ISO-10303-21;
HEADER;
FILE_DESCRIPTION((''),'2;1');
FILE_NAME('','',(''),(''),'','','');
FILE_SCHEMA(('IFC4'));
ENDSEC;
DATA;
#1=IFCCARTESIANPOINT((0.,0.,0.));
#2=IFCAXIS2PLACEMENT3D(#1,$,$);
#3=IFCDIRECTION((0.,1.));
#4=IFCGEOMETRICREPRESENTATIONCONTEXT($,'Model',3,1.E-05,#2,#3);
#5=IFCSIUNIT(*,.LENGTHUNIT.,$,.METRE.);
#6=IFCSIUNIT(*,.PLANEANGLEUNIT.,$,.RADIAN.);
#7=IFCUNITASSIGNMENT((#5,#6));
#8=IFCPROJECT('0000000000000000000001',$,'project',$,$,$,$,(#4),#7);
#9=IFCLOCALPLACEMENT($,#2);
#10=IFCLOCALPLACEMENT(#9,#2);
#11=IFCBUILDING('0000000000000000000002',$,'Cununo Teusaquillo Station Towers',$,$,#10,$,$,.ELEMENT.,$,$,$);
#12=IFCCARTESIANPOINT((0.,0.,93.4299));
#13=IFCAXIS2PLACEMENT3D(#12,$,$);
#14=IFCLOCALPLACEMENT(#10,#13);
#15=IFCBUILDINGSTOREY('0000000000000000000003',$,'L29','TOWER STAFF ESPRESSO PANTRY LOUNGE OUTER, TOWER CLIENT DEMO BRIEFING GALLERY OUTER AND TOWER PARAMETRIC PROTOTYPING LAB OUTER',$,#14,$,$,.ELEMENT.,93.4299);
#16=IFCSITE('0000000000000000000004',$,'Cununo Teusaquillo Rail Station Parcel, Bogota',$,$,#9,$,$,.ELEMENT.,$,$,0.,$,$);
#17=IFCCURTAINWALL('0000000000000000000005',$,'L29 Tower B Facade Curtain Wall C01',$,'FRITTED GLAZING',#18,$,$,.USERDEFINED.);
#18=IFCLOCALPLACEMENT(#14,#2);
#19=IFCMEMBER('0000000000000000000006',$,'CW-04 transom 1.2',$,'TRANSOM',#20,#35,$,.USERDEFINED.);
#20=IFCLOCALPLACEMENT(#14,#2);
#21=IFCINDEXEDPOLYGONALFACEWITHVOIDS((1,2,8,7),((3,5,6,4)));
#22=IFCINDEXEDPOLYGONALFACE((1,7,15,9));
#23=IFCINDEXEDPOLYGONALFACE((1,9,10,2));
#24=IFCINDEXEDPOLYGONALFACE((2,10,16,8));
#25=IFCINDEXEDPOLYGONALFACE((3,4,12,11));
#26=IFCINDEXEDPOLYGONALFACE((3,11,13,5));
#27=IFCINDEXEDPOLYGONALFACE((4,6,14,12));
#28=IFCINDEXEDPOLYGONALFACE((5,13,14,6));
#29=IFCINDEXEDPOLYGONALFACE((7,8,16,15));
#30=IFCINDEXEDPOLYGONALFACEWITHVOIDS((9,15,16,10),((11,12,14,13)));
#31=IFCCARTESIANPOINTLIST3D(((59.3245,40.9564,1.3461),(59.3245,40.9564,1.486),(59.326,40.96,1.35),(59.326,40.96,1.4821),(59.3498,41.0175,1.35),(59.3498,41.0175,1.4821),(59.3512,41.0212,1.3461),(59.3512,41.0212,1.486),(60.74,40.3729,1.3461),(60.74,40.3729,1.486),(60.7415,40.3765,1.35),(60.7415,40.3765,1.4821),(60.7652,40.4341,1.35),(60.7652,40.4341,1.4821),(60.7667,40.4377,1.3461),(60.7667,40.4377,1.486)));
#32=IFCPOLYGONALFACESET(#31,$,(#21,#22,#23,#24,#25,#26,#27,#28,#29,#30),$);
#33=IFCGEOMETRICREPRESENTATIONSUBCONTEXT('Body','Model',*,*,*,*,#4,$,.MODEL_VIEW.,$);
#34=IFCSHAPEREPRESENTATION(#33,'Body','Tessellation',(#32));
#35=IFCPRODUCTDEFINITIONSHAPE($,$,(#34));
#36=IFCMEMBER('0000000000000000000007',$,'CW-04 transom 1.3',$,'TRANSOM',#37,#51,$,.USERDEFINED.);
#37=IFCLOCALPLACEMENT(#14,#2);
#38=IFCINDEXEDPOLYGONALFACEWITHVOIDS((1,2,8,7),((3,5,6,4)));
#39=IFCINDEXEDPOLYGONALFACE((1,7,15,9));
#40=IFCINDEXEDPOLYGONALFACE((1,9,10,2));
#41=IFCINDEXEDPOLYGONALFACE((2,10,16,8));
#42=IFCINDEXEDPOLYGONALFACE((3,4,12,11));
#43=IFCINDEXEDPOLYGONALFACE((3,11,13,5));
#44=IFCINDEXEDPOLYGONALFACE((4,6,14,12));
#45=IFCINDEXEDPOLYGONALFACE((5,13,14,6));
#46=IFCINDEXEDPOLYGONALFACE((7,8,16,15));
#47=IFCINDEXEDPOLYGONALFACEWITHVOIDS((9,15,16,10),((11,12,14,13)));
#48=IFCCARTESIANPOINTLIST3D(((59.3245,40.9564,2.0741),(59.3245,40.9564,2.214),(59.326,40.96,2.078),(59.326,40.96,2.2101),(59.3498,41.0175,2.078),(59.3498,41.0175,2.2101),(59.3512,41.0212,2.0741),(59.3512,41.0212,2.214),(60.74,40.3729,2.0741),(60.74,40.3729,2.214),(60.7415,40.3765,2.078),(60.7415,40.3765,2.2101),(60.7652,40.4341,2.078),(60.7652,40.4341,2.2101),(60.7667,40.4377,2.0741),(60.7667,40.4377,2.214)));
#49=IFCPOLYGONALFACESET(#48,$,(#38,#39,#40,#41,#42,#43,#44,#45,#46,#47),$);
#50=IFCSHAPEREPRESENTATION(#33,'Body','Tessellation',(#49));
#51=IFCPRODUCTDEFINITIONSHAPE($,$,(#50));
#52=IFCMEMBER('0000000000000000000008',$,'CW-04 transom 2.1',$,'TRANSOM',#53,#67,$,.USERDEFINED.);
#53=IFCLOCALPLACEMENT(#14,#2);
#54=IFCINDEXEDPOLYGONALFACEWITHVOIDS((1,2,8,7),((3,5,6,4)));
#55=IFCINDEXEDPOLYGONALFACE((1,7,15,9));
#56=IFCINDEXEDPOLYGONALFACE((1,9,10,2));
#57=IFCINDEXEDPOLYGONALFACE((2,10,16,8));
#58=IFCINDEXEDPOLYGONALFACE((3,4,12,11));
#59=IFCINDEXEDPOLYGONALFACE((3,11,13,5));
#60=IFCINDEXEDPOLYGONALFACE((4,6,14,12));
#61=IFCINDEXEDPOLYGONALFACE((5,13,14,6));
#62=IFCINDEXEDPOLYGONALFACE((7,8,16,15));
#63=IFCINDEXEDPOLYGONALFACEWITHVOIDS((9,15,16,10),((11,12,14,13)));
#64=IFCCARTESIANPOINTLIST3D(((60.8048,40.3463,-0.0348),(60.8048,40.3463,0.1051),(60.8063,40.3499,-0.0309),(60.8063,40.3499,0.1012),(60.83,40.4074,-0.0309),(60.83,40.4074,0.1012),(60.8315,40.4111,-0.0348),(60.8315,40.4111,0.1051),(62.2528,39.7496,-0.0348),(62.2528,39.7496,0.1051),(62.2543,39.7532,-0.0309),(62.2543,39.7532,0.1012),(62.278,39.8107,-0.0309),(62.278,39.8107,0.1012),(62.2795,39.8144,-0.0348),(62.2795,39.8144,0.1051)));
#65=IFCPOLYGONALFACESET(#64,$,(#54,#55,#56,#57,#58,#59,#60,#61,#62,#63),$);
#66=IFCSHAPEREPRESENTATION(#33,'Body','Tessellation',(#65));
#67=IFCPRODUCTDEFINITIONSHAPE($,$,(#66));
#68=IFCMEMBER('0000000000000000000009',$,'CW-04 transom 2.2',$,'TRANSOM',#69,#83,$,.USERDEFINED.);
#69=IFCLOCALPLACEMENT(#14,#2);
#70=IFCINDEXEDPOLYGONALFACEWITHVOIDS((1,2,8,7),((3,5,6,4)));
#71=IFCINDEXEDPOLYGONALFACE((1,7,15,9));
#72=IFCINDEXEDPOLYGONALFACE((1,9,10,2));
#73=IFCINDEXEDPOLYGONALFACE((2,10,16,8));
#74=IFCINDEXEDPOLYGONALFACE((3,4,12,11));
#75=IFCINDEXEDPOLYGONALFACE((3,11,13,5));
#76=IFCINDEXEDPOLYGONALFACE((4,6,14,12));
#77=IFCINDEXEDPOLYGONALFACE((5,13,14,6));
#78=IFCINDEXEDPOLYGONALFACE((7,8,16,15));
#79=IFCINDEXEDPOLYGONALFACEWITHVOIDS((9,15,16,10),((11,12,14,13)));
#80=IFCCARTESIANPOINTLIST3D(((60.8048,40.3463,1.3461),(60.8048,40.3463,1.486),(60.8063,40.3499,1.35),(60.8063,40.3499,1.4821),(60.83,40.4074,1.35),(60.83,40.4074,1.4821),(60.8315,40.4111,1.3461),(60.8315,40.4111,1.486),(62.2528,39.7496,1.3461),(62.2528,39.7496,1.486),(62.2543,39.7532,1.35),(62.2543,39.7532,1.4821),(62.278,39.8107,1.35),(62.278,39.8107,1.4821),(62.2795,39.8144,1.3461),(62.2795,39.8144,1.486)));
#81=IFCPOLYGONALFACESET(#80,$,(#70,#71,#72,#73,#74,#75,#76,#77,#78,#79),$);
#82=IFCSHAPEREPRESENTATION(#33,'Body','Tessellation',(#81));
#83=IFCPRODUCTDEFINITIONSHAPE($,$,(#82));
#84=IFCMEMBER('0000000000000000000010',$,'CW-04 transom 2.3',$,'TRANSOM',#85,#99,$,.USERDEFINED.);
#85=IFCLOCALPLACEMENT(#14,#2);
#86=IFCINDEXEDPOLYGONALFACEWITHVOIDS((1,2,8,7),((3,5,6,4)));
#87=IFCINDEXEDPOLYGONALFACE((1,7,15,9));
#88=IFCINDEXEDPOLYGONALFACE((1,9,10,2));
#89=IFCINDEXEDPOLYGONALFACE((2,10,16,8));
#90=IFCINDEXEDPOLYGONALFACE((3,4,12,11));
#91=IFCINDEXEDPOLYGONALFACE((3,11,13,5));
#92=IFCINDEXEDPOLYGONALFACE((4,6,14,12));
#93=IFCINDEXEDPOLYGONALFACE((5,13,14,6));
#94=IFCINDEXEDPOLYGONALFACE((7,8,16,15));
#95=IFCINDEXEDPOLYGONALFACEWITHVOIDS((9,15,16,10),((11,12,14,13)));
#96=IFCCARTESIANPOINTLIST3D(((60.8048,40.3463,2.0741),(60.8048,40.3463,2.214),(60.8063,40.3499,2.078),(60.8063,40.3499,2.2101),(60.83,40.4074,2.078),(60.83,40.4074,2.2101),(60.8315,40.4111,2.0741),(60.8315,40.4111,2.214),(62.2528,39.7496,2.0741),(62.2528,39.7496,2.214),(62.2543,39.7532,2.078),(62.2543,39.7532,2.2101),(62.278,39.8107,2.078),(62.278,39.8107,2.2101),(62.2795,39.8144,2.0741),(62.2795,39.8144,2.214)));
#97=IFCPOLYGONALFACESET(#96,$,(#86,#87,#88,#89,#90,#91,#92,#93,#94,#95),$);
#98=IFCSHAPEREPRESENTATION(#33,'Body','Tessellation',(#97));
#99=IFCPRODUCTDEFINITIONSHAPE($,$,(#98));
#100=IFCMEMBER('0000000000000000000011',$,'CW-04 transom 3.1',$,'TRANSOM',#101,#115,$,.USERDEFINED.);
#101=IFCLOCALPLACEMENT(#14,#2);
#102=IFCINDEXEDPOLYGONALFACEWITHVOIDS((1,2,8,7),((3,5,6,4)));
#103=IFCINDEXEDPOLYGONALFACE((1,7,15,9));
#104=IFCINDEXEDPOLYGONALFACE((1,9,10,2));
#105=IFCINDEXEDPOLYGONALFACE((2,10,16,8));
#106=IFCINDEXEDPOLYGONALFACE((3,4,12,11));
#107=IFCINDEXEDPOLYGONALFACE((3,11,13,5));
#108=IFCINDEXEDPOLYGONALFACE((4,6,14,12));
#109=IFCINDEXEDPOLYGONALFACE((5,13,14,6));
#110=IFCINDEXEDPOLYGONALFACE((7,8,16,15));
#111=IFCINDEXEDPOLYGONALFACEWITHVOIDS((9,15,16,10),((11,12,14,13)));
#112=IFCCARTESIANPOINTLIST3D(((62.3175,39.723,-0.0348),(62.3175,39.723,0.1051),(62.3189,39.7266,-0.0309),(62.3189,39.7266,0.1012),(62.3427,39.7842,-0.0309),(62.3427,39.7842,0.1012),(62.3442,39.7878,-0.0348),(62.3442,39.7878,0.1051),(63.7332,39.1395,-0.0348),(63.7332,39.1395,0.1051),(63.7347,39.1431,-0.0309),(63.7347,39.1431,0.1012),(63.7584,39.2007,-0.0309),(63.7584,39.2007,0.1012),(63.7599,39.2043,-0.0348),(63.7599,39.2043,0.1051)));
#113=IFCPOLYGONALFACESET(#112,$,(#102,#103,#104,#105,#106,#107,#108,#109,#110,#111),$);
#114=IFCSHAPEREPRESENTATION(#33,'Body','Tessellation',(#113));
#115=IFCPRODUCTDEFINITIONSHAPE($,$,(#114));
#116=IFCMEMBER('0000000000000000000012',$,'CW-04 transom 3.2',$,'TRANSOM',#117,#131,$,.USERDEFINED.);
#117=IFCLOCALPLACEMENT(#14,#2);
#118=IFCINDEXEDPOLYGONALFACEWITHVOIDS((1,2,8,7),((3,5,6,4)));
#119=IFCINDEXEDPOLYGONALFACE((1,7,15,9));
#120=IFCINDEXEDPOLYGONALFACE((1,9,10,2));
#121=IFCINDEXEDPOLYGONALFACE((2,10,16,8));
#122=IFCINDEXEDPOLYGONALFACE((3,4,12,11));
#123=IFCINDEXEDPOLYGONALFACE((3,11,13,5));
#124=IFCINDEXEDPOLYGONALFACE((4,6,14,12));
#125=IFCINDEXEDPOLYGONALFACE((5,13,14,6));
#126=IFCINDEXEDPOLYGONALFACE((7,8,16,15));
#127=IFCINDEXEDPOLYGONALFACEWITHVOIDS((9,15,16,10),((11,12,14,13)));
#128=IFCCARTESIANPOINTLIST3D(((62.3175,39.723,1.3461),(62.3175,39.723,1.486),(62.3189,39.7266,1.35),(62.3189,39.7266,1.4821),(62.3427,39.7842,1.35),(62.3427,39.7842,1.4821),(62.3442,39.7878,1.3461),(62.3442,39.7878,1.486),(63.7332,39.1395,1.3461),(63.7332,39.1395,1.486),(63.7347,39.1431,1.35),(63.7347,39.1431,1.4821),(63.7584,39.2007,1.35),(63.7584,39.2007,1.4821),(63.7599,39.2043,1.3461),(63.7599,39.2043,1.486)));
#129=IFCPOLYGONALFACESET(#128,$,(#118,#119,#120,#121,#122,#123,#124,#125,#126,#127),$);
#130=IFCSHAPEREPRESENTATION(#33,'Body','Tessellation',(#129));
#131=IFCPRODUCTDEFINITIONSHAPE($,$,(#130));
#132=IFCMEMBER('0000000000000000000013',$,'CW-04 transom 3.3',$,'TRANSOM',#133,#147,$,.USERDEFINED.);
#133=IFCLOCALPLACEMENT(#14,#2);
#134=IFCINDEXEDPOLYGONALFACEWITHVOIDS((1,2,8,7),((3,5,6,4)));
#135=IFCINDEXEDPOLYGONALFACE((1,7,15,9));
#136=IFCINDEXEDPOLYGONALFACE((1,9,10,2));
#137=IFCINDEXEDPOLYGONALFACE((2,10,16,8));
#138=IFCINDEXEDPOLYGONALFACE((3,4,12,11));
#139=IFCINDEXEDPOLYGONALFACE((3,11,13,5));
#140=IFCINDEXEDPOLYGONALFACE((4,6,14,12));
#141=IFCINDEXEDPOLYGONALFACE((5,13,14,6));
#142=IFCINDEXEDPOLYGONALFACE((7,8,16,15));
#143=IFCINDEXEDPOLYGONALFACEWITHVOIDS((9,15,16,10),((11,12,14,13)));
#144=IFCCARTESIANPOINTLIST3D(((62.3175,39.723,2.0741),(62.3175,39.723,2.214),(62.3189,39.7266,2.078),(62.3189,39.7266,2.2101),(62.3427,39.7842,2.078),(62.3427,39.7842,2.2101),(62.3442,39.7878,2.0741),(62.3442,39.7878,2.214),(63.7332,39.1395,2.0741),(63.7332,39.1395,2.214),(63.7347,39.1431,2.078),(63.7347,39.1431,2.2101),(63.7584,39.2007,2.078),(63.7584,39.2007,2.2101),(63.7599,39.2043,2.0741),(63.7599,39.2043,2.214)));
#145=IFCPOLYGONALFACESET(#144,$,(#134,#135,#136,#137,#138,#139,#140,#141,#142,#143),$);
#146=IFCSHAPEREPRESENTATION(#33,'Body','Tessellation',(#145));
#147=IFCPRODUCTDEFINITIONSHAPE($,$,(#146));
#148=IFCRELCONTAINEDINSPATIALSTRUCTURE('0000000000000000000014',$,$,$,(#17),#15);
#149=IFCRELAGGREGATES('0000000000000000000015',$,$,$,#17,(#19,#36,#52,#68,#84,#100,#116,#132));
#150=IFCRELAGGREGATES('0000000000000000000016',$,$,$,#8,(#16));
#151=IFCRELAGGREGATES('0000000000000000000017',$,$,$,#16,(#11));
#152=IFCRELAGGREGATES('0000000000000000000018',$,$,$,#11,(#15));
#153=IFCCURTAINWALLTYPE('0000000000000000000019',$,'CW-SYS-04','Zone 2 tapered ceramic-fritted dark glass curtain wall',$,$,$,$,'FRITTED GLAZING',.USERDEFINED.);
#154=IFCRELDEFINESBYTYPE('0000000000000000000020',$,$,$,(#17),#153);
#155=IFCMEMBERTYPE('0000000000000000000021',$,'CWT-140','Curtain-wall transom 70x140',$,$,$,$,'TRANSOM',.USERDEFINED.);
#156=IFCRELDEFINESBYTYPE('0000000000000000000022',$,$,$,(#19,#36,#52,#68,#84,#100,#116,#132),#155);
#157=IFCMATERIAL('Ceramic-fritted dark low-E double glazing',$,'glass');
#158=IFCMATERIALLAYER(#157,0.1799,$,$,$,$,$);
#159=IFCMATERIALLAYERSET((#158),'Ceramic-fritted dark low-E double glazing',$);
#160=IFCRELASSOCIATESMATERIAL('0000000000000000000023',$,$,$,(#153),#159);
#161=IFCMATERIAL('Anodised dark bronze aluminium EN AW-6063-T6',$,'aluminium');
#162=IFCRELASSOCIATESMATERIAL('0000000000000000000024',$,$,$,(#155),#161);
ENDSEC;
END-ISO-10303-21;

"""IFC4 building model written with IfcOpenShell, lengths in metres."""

from ifc_helpers import new_model, si_unit, direction, frame, origin, origin_2d, place, context, subcontext, project, spatial, hollow_rectangle, extrude, material, layer, layer_set, material_profile, profile_set, type_object, element, aggregate, save


model = new_model("IFC4")

# Units and contexts
model_context = context("Model", 3, precision=1e-05, world=origin(), true_north=direction((0.0, 1.0)))
body_context = subcontext(model_context, "Body", "Model", "MODEL_VIEW")
ifc_project = project(units=[si_unit("LENGTHUNIT", "METRE"), si_unit("PLANEANGLEUNIT", "RADIAN")], contexts=[model_context])

# Site, building, storey
site_placement = place(None, origin())
site = spatial("IfcSite", under=ifc_project, at=site_placement, Name="Cununo Teusaquillo Rail Station Parcel, Bogota", CompositionType="ELEMENT", RefElevation=0.0)
building_placement = place(site_placement, origin())
building = spatial("IfcBuilding", under=site, at=building_placement, Name="Cununo Teusaquillo Station Towers", CompositionType="ELEMENT")
storey_placement = place(building_placement, frame((0.0, 0.0, 93.4299)))
storey = spatial("IfcBuildingStorey", under=building, at=storey_placement, Name="L29", Description="TOWER STAFF ESPRESSO PANTRY LOUNGE OUTER, TOWER CLIENT DEMO BRIEFING GALLERY OUTER AND TOWER PARAMETRIC PROTOTYPING LAB OUTER", CompositionType="ELEMENT", Elevation=93.4299)

# Curtain wall, members
ifc_material_1 = material(Name="Ceramic-fritted dark low-E double glazing", Category="glass")
ifc_layer_1 = layer(ifc_material_1, 0.1799)
ifc_layer_set_1 = layer_set([ifc_layer_1], Name="Ceramic-fritted dark low-E double glazing")
curtain_wall_type = type_object("IfcCurtainWallType", Name="CW-SYS-04", Description="Zone 2 tapered ceramic-fritted dark glass curtain wall", ElementType="FRITTED GLAZING", PredefinedType="USERDEFINED", material=ifc_layer_set_1)
curtain_wall_placement = place(storey_placement, origin())
curtain_wall = element("IfcCurtainWall", 1, at=curtain_wall_placement, inside=storey, type_object=curtain_wall_type, Name="L29 Tower B Facade Curtain Wall C01", ObjectType="FRITTED GLAZING", PredefinedType="USERDEFINED")
ifc_material_2 = material(Name="Anodised dark bronze aluminium EN AW-6063-T6", Category="aluminium")
ifc_material_profile_1 = material_profile(ifc_material_2, hollow_rectangle(XDim=0.0701, YDim=0.1399, WallThickness=0.0039, at=origin_2d()), Name="CW-TRAN-70x140")
ifc_profile_set_1 = profile_set([ifc_material_profile_1], Name="Anodised dark bronze aluminium EN AW-6063-T6")
member_type_1 = type_object("IfcMemberType", Name="CWT-140", Description="Curtain-wall transom 70x140", ElementType="TRANSOM", PredefinedType="USERDEFINED", material=ifc_profile_set_1)
member_1_placement = place(storey_placement, frame((59.3379, 40.9888, 1.416), z_axis=(0.924533, -0.381103, 0.0), x_axis=(0.381103, 0.924533, 0.0)))
member_1 = element("IfcMember", 2, at=member_1_placement, type_object=member_type_1, Name="CW-04 transom 1.2", ObjectType="TRANSOM", PredefinedType="USERDEFINED", context=body_context, shape_type="SweptSolid", body=[
    extrude(hollow_rectangle(XDim=0.0701, YDim=0.1399, WallThickness=0.0039, at=origin_2d()), origin(), (0.0, 0.0, 1.0), 1.531),
])
member_2_placement = place(storey_placement, frame((59.3379, 40.9888, 2.144), z_axis=(0.924533, -0.381103, 0.0), x_axis=(0.381103, 0.924533, 0.0)))
member_2 = element("IfcMember", 3, at=member_2_placement, type_object=member_type_1, Name="CW-04 transom 1.3", ObjectType="TRANSOM", PredefinedType="USERDEFINED", context=body_context, shape_type="SweptSolid", body=[
    extrude(hollow_rectangle(XDim=0.0701, YDim=0.1399, WallThickness=0.0039, at=origin_2d()), origin(), (0.0, 0.0, 1.0), 1.531),
])
member_3_placement = place(storey_placement, frame((60.8181, 40.3787, 0.0352), z_axis=(0.924578, -0.380993, 0.0), x_axis=(0.380993, 0.924578, 0.0)))
member_3 = element("IfcMember", 4, at=member_3_placement, type_object=member_type_1, Name="CW-04 transom 2.1", ObjectType="TRANSOM", PredefinedType="USERDEFINED", context=body_context, shape_type="SweptSolid", body=[
    extrude(hollow_rectangle(XDim=0.0701, YDim=0.1399, WallThickness=0.0039, at=origin_2d()), origin(), (0.0, 0.0, 1.0), 1.5662),
])
member_4_placement = place(storey_placement, frame((60.8181, 40.3787, 1.416), z_axis=(0.924578, -0.380993, 0.0), x_axis=(0.380993, 0.924578, 0.0)))
member_4 = element("IfcMember", 5, at=member_4_placement, type_object=member_type_1, Name="CW-04 transom 2.2", ObjectType="TRANSOM", PredefinedType="USERDEFINED", context=body_context, shape_type="SweptSolid", body=[
    extrude(hollow_rectangle(XDim=0.0701, YDim=0.1399, WallThickness=0.0039, at=origin_2d()), origin(), (0.0, 0.0, 1.0), 1.5662),
])
member_5_placement = place(storey_placement, frame((60.8181, 40.3787, 2.144), z_axis=(0.924578, -0.380993, 0.0), x_axis=(0.380993, 0.924578, 0.0)))
member_5 = element("IfcMember", 6, at=member_5_placement, type_object=member_type_1, Name="CW-04 transom 2.3", ObjectType="TRANSOM", PredefinedType="USERDEFINED", context=body_context, shape_type="SweptSolid", body=[
    extrude(hollow_rectangle(XDim=0.0701, YDim=0.1399, WallThickness=0.0039, at=origin_2d()), origin(), (0.0, 0.0, 1.0), 1.5662),
])
member_6_placement = place(storey_placement, frame((62.3308, 39.7554, 0.0352), z_axis=(0.924556, -0.381046, 0.0), x_axis=(0.381046, 0.924556, 0.0)))
member_6 = element("IfcMember", 7, at=member_6_placement, type_object=member_type_1, Name="CW-04 transom 3.1", ObjectType="TRANSOM", PredefinedType="USERDEFINED", context=body_context, shape_type="SweptSolid", body=[
    extrude(hollow_rectangle(XDim=0.0701, YDim=0.1399, WallThickness=0.0039, at=origin_2d()), origin(), (0.0, 0.0, 1.0), 1.5312),
])
member_7_placement = place(storey_placement, frame((62.3308, 39.7554, 1.416), z_axis=(0.924556, -0.381046, 0.0), x_axis=(0.381046, 0.924556, 0.0)))
member_7 = element("IfcMember", 8, at=member_7_placement, type_object=member_type_1, Name="CW-04 transom 3.2", ObjectType="TRANSOM", PredefinedType="USERDEFINED", context=body_context, shape_type="SweptSolid", body=[
    extrude(hollow_rectangle(XDim=0.0701, YDim=0.1399, WallThickness=0.0039, at=origin_2d()), origin(), (0.0, 0.0, 1.0), 1.5312),
])
member_8_placement = place(storey_placement, frame((62.3308, 39.7554, 2.144), z_axis=(0.924556, -0.381046, 0.0), x_axis=(0.381046, 0.924556, 0.0)))
member_8 = element("IfcMember", 9, at=member_8_placement, type_object=member_type_1, Name="CW-04 transom 3.3", ObjectType="TRANSOM", PredefinedType="USERDEFINED", context=body_context, shape_type="SweptSolid", body=[
    extrude(hollow_rectangle(XDim=0.0701, YDim=0.1399, WallThickness=0.0039, at=origin_2d()), origin(), (0.0, 0.0, 1.0), 1.5312),
])

aggregate(curtain_wall, [member_1, member_2, member_3, member_4, member_5, member_6, member_7, member_8])

save(model, "model.ifc")
